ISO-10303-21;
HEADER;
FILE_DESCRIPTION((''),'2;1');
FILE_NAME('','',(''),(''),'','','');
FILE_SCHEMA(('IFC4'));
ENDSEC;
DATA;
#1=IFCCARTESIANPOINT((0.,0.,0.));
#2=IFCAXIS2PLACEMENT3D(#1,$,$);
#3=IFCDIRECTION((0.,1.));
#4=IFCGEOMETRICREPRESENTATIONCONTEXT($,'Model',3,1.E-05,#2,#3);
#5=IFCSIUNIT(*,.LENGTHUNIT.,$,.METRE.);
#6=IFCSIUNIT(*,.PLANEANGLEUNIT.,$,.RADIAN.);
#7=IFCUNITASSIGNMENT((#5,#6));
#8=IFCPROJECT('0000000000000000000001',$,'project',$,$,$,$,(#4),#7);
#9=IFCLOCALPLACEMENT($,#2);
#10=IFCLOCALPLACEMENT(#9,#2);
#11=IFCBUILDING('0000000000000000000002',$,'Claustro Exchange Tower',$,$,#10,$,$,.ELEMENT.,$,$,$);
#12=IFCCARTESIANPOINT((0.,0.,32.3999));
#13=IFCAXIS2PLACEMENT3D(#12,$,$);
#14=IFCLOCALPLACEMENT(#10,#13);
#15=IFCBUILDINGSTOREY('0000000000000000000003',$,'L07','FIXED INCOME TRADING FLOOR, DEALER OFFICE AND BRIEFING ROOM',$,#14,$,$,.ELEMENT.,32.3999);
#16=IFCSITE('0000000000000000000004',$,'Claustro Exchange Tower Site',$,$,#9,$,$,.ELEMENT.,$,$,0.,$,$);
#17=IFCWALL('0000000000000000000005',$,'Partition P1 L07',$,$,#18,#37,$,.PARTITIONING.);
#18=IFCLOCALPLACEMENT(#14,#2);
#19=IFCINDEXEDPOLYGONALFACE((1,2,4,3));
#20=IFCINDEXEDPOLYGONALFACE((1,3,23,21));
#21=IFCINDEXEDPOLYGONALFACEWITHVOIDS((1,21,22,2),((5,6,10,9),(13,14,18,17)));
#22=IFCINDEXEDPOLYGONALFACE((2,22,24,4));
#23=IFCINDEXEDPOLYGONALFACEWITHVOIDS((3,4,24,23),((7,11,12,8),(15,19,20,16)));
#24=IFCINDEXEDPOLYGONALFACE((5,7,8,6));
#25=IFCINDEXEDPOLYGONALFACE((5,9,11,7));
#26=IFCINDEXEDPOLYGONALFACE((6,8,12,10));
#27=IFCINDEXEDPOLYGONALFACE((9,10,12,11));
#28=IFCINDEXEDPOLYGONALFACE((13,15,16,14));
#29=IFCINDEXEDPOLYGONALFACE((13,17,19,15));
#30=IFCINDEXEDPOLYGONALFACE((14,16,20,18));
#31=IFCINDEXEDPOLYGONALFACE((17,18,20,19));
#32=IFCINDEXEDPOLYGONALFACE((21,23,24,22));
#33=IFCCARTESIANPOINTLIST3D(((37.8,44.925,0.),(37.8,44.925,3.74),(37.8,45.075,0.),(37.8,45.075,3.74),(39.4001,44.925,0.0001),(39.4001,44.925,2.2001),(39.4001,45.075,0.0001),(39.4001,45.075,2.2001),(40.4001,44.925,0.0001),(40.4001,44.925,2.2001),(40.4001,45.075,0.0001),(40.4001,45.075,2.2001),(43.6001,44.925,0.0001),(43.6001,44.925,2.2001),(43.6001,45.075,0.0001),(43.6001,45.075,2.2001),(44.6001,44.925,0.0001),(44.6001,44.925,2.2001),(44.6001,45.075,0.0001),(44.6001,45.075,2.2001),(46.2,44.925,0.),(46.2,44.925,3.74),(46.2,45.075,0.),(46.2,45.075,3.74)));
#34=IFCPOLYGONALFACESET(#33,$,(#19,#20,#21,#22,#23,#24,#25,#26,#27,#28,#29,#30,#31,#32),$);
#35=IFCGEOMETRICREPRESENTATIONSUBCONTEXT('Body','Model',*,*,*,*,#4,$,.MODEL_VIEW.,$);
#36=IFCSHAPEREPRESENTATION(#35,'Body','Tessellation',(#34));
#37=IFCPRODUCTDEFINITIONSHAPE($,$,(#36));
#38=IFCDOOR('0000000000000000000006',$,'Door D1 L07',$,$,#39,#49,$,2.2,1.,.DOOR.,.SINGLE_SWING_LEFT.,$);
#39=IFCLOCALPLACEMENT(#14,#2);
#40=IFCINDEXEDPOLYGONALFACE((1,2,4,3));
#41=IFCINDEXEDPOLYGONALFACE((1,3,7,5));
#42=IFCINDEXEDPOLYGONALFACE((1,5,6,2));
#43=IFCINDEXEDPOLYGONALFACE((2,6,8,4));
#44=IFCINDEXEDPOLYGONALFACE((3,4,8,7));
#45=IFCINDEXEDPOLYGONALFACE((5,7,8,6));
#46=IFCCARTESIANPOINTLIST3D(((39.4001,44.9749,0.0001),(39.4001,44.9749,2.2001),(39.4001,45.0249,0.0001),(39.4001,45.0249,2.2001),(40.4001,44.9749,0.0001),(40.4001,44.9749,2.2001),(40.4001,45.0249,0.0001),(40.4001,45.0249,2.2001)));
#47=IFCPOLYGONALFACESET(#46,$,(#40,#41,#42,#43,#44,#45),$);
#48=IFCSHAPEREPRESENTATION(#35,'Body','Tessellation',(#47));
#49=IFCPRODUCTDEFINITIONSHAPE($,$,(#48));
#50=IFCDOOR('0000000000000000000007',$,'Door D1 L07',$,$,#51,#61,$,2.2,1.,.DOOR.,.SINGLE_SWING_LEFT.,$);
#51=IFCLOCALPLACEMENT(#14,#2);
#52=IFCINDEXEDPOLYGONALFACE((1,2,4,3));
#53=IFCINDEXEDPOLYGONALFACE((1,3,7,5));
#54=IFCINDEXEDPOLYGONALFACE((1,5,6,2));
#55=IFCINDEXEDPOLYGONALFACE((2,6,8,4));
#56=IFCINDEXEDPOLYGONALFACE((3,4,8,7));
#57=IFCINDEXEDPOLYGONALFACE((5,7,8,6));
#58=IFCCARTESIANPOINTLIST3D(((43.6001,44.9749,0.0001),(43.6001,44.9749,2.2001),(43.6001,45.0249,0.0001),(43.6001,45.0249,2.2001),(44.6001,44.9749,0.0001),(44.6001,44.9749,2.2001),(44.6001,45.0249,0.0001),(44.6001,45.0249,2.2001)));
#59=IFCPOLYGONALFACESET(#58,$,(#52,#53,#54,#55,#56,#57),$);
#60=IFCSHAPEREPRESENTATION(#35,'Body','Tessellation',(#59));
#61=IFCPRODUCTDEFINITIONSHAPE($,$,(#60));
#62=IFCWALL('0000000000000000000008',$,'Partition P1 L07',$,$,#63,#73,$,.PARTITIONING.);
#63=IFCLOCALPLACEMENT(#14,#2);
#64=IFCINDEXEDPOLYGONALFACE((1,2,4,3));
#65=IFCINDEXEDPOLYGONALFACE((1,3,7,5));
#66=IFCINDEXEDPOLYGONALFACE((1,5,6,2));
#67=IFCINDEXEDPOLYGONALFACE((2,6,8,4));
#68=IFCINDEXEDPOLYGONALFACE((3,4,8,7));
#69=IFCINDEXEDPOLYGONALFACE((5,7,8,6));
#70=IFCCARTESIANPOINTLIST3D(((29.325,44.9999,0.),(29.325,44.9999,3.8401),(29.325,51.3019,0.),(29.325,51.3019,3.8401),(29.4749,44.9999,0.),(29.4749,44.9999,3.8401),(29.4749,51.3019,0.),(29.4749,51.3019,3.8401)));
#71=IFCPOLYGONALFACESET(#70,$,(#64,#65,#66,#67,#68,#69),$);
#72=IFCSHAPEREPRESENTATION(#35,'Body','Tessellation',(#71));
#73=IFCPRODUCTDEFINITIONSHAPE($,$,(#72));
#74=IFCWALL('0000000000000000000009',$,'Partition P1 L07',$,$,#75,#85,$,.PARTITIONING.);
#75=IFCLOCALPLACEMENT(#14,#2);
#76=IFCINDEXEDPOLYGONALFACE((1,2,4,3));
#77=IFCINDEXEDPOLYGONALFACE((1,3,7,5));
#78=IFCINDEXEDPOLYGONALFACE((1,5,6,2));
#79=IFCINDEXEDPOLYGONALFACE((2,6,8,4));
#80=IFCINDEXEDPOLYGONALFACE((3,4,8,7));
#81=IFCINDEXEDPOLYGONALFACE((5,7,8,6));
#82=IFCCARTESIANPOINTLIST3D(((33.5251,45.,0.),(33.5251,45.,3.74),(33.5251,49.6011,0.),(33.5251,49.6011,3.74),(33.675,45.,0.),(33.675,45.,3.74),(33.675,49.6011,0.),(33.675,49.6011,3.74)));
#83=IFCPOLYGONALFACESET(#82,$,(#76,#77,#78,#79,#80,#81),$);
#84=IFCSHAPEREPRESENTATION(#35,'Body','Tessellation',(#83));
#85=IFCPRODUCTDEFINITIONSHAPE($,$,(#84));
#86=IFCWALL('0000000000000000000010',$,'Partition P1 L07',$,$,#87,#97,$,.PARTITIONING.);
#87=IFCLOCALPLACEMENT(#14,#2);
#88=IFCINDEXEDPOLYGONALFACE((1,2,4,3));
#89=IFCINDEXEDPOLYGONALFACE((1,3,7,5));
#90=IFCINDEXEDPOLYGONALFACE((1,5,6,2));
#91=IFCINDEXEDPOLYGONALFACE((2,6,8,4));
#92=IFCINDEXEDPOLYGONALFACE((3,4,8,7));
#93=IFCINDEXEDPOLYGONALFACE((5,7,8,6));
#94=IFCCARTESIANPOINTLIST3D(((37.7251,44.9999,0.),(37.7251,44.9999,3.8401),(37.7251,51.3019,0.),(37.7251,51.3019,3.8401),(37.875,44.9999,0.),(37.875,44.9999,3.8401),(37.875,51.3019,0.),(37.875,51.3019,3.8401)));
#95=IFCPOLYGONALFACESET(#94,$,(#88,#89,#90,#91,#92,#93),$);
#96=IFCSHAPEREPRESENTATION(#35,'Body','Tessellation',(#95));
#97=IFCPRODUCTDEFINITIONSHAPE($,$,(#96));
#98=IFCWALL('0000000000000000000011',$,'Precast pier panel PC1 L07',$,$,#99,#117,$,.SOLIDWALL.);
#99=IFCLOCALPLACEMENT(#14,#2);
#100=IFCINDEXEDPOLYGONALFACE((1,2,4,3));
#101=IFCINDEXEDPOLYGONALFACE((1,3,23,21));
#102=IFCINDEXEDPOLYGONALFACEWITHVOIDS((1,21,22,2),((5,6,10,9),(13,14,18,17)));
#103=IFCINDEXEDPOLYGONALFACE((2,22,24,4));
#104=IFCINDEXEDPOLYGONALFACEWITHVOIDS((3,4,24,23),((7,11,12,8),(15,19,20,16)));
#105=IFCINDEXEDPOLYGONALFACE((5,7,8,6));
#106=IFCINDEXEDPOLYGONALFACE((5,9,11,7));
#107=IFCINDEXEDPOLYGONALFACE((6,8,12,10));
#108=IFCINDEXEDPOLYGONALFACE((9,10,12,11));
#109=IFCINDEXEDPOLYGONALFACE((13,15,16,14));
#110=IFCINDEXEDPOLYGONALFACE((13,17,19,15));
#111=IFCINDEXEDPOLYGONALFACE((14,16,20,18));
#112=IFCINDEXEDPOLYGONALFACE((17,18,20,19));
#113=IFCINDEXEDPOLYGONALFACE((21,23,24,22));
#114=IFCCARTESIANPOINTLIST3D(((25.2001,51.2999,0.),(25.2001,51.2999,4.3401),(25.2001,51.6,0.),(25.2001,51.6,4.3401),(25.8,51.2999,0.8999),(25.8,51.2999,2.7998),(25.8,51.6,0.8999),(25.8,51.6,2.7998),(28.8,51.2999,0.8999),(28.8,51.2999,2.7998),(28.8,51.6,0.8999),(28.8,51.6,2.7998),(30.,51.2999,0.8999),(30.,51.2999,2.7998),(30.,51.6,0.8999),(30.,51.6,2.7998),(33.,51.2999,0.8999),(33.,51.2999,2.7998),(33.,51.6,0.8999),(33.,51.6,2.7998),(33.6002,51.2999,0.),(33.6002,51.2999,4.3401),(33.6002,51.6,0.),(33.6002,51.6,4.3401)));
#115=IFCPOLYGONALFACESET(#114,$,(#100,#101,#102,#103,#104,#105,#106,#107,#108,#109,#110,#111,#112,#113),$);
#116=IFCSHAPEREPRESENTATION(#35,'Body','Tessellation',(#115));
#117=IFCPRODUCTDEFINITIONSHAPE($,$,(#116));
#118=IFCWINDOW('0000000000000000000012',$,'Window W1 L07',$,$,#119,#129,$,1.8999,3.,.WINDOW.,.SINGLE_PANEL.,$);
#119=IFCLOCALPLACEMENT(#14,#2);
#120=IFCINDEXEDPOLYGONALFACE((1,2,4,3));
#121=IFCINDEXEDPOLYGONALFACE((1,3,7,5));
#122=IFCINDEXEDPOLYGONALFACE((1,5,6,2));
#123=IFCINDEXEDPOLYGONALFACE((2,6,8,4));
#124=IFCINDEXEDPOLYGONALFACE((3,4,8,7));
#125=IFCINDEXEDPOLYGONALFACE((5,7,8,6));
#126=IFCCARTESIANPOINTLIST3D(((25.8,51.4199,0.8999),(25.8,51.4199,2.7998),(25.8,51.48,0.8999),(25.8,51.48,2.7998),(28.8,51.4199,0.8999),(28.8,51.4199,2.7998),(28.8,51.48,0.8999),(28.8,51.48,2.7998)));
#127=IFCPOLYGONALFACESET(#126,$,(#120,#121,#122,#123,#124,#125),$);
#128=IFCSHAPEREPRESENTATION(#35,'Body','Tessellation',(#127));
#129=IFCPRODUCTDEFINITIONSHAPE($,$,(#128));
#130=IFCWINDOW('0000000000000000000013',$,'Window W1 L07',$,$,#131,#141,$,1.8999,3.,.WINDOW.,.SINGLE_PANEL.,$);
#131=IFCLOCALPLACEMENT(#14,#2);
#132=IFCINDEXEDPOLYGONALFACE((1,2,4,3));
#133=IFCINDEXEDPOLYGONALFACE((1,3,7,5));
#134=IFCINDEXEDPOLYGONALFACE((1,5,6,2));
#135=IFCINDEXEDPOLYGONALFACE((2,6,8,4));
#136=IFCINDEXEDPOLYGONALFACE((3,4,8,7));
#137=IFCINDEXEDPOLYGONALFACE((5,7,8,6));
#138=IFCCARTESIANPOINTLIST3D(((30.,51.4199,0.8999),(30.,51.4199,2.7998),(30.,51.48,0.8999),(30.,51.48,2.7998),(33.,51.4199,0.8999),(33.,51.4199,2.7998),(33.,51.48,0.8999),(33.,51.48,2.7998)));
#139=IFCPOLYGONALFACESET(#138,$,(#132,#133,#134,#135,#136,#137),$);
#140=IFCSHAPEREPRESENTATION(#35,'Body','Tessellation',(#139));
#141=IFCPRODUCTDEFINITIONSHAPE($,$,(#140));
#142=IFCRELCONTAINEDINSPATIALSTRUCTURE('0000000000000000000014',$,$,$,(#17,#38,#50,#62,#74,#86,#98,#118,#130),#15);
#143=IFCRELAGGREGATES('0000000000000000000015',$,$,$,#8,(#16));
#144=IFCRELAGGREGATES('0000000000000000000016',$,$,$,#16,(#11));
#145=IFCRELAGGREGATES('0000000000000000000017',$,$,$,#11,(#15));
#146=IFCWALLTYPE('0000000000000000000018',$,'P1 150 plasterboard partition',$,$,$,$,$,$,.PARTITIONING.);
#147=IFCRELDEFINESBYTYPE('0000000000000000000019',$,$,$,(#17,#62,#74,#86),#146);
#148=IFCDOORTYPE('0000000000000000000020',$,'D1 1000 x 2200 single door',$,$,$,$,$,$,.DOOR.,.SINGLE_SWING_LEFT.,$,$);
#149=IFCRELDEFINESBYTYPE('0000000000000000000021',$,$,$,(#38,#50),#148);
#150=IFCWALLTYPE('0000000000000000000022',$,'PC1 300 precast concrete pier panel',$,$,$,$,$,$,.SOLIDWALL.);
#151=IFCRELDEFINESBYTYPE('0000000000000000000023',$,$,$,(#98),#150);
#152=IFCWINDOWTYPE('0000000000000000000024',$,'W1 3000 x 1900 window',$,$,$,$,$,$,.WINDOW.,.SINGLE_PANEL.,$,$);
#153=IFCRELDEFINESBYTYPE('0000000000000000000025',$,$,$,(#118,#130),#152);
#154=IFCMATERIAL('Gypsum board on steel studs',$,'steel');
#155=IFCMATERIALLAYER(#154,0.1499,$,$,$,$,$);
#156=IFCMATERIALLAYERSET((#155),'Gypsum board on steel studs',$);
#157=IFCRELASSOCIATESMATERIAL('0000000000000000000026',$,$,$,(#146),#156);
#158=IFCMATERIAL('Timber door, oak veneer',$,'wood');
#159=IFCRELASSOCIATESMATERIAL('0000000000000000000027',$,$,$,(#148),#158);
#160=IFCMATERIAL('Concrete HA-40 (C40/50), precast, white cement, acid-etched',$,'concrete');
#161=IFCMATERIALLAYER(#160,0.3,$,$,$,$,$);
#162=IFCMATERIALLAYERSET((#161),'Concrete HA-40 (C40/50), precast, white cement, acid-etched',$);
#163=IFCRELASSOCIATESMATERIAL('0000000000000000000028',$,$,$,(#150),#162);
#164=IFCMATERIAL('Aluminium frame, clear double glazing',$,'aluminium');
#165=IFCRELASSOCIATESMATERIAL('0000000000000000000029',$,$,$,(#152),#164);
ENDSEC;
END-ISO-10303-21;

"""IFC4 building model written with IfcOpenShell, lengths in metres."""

from ifc_helpers import new_model, si_unit, direction, frame, frame_2d, origin, place, context, subcontext, project, spatial, rectangle, extrude, material, layer, layer_set, type_object, element, fill, save


model = new_model("IFC4")

# Units and contexts
model_context = context("Model", 3, precision=1e-05, world=origin(), true_north=direction((0.0, 1.0)))
body_context = subcontext(model_context, "Body", "Model", "MODEL_VIEW")
ifc_project = project(units=[si_unit("LENGTHUNIT", "METRE"), si_unit("PLANEANGLEUNIT", "RADIAN")], contexts=[model_context])

# Site, building, storey
site_placement = place(None, origin())
site = spatial("IfcSite", under=ifc_project, at=site_placement, Name="Claustro Exchange Tower Site", CompositionType="ELEMENT", RefElevation=0.0)
building_placement = place(site_placement, origin())
building = spatial("IfcBuilding", under=site, at=building_placement, Name="Claustro Exchange Tower", CompositionType="ELEMENT")
storey_placement = place(building_placement, frame((0.0, 0.0, 32.3999)))
storey = spatial("IfcBuildingStorey", under=building, at=storey_placement, Name="L07", Description="FIXED INCOME TRADING FLOOR, DEALER OFFICE AND BRIEFING ROOM", CompositionType="ELEMENT", Elevation=32.3999)

# Shared definitions
ifc_material_1 = material(Name="Gypsum board on steel studs", Category="steel")
ifc_layer_1 = layer(ifc_material_1, 0.1499)
ifc_layer_set_1 = layer_set([ifc_layer_1], Name="Gypsum board on steel studs")
wall_type_1 = type_object("IfcWallType", Name="P1 150 plasterboard partition", PredefinedType="PARTITIONING", material=ifc_layer_set_1)

# Shared definitions
ifc_material_2 = material(Name="Timber door, oak veneer", Category="wood")
door_type = type_object("IfcDoorType", Name="D1 1000 x 2200 single door", OperationType="SINGLE_SWING_LEFT", PredefinedType="DOOR", material=ifc_material_2)

# Wall, openings, doors
wall_1_placement = place(storey_placement, frame((37.8, 45.0, 0.0), z_axis=(0.0, 0.0, 1.0), x_axis=(1.0, 0.0, 0.0)))
wall_1 = element("IfcWall", 1, at=wall_1_placement, inside=storey, type_object=wall_type_1, Name="Partition P1 L07", PredefinedType="PARTITIONING", context=body_context, shape_type="SweptSolid", body=[
    extrude(rectangle(XDim=8.3999, YDim=0.1499, at=frame_2d((4.2, 0.0))), origin(), (0.0, 0.0, 1.0), 3.74),
])
opening_1_placement = place(wall_1_placement, frame((1.6001, 0.0, 0.0)))
opening_1 = element("IfcOpeningElement", 2, at=opening_1_placement, cuts=wall_1, PredefinedType="OPENING", context=body_context, shape_type="SweptSolid", body=[
    extrude(rectangle(XDim=1.0, YDim=2.2, at=frame_2d((0.5, 1.1001))), frame((0.0, 0.085, 0.0), z_axis=(0.0, -1.0, 0.0), x_axis=(1.0, 0.0, 0.0)), (0.0, 0.0, 1.0), 0.1699),
])
opening_2_placement = place(wall_1_placement, frame((5.8, 0.0, 0.0)))
opening_2 = element("IfcOpeningElement", 3, at=opening_2_placement, cuts=wall_1, PredefinedType="OPENING", context=body_context, shape_type="SweptSolid", body=[
    extrude(rectangle(XDim=1.0, YDim=2.2, at=frame_2d((0.5, 1.1001))), frame((0.0, 0.085, 0.0), z_axis=(0.0, -1.0, 0.0), x_axis=(1.0, 0.0, 0.0)), (0.0, 0.0, 1.0), 0.1699),
])
door_1_placement = place(opening_1_placement, origin())
door_1 = element("IfcDoor", 4, at=door_1_placement, inside=storey, type_object=door_type, Name="Door D1 L07", OperationType="SINGLE_SWING_LEFT", OverallHeight=2.2, OverallWidth=1.0, PredefinedType="DOOR", context=body_context, shape_type="SweptSolid", body=[
    extrude(rectangle(XDim=1.0, YDim=2.2, at=frame_2d((0.5, 1.1001))), frame((0.0, 0.0249, 0.0), z_axis=(0.0, -1.0, 0.0), x_axis=(1.0, 0.0, 0.0)), (0.0, 0.0, 1.0), 0.05),
])
fill(opening_1, door_1)
door_2_placement = place(opening_2_placement, origin())
door_2 = element("IfcDoor", 5, at=door_2_placement, inside=storey, type_object=door_type, Name="Door D1 L07", OperationType="SINGLE_SWING_LEFT", OverallHeight=2.2, OverallWidth=1.0, PredefinedType="DOOR", context=body_context, shape_type="SweptSolid", body=[
    extrude(rectangle(XDim=1.0, YDim=2.2, at=frame_2d((0.5, 1.1001))), frame((0.0, 0.0249, 0.0), z_axis=(0.0, -1.0, 0.0), x_axis=(1.0, 0.0, 0.0)), (0.0, 0.0, 1.0), 0.05),
])
fill(opening_2, door_2)

# Walls
wall_2_placement = place(storey_placement, frame((29.3999, 45.0, 0.0), z_axis=(0.0, 0.0, 1.0), x_axis=(0.0, 1.0, 0.0)))
element("IfcWall", 6, at=wall_2_placement, inside=storey, type_object=wall_type_1, Name="Partition P1 L07", PredefinedType="PARTITIONING", context=body_context, shape_type="SweptSolid", body=[
    extrude(rectangle(XDim=6.302, YDim=0.1499, at=frame_2d((3.1509, 0.0))), origin(), (0.0, 0.0, 1.0), 3.8401),
])
wall_3_placement = place(storey_placement, frame((33.6001, 45.0, 0.0), z_axis=(0.0, 0.0, 1.0), x_axis=(0.0, 1.0, 0.0)))
element("IfcWall", 7, at=wall_3_placement, inside=storey, type_object=wall_type_1, Name="Partition P1 L07", PredefinedType="PARTITIONING", context=body_context, shape_type="SweptSolid", body=[
    extrude(rectangle(XDim=4.6011, YDim=0.1499, at=frame_2d((2.3005, 0.0))), origin(), (0.0, 0.0, 1.0), 3.74),
])
wall_4_placement = place(storey_placement, frame((37.8, 45.0, 0.0), z_axis=(0.0, 0.0, 1.0), x_axis=(0.0, 1.0, 0.0)))
element("IfcWall", 8, at=wall_4_placement, inside=storey, type_object=wall_type_1, Name="Partition P1 L07", PredefinedType="PARTITIONING", context=body_context, shape_type="SweptSolid", body=[
    extrude(rectangle(XDim=6.302, YDim=0.1499, at=frame_2d((3.1509, 0.0))), origin(), (0.0, 0.0, 1.0), 3.8401),
])

# Wall, openings, windows
ifc_material_3 = material(Name="Concrete HA-40 (C40/50), precast, white cement, acid-etched", Category="concrete")
ifc_layer_2 = layer(ifc_material_3, 0.3)
ifc_layer_set_2 = layer_set([ifc_layer_2], Name="Concrete HA-40 (C40/50), precast, white cement, acid-etched")
wall_type_2 = type_object("IfcWallType", Name="PC1 300 precast concrete pier panel", PredefinedType="SOLIDWALL", material=ifc_layer_set_2)
wall_5_placement = place(storey_placement, frame((25.2, 51.45, 0.0), z_axis=(0.0, 0.0, 1.0), x_axis=(1.0, 0.0, 0.0)))
wall_5 = element("IfcWall", 9, at=wall_5_placement, inside=storey, type_object=wall_type_2, Name="Precast pier panel PC1 L07", PredefinedType="SOLIDWALL", context=body_context, shape_type="SweptSolid", body=[
    extrude(rectangle(XDim=8.4001, YDim=0.3, at=frame_2d((4.2002, 0.0))), origin(), (0.0, 0.0, 1.0), 4.3401),
])
opening_3_placement = place(wall_5_placement, frame((0.6001, 0.0, 0.8999)))
opening_3 = element("IfcOpeningElement", 10, at=opening_3_placement, cuts=wall_5, PredefinedType="OPENING", context=body_context, shape_type="SweptSolid", body=[
    extrude(rectangle(XDim=3.0, YDim=1.8999, at=frame_2d((1.5, 0.95))), frame((0.0, 0.1599, 0.0), z_axis=(0.0, -1.0, 0.0), x_axis=(1.0, 0.0, 0.0)), (0.0, 0.0, 1.0), 0.3201),
])
opening_4_placement = place(wall_5_placement, frame((4.8, 0.0, 0.8999)))
opening_4 = element("IfcOpeningElement", 11, at=opening_4_placement, cuts=wall_5, PredefinedType="OPENING", context=body_context, shape_type="SweptSolid", body=[
    extrude(rectangle(XDim=3.0, YDim=1.8999, at=frame_2d((1.5, 0.95))), frame((0.0, 0.1599, 0.0), z_axis=(0.0, -1.0, 0.0), x_axis=(1.0, 0.0, 0.0)), (0.0, 0.0, 1.0), 0.3201),
])
ifc_material_4 = material(Name="Aluminium frame, clear double glazing", Category="aluminium")
window_type = type_object("IfcWindowType", Name="W1 3000 x 1900 window", PartitioningType="SINGLE_PANEL", PredefinedType="WINDOW", material=ifc_material_4)
window_1_placement = place(opening_3_placement, origin())
window_1 = element("IfcWindow", 12, at=window_1_placement, inside=storey, type_object=window_type, Name="Window W1 L07", OverallHeight=1.8999, OverallWidth=3.0, PartitioningType="SINGLE_PANEL", PredefinedType="WINDOW", context=body_context, shape_type="SweptSolid", body=[
    extrude(rectangle(XDim=3.0, YDim=1.8999, at=frame_2d((1.5, 0.95))), frame((0.0, 0.03, 0.0), z_axis=(0.0, -1.0, 0.0), x_axis=(1.0, 0.0, 0.0)), (0.0, 0.0, 1.0), 0.0601),
])
fill(opening_3, window_1)
window_2_placement = place(opening_4_placement, origin())
window_2 = element("IfcWindow", 13, at=window_2_placement, inside=storey, type_object=window_type, Name="Window W1 L07", OverallHeight=1.8999, OverallWidth=3.0, PartitioningType="SINGLE_PANEL", PredefinedType="WINDOW", context=body_context, shape_type="SweptSolid", body=[
    extrude(rectangle(XDim=3.0, YDim=1.8999, at=frame_2d((1.5, 0.95))), frame((0.0, 0.03, 0.0), z_axis=(0.0, -1.0, 0.0), x_axis=(1.0, 0.0, 0.0)), (0.0, 0.0, 1.0), 0.0601),
])
fill(opening_4, window_2)

save(model, "model.ifc")
